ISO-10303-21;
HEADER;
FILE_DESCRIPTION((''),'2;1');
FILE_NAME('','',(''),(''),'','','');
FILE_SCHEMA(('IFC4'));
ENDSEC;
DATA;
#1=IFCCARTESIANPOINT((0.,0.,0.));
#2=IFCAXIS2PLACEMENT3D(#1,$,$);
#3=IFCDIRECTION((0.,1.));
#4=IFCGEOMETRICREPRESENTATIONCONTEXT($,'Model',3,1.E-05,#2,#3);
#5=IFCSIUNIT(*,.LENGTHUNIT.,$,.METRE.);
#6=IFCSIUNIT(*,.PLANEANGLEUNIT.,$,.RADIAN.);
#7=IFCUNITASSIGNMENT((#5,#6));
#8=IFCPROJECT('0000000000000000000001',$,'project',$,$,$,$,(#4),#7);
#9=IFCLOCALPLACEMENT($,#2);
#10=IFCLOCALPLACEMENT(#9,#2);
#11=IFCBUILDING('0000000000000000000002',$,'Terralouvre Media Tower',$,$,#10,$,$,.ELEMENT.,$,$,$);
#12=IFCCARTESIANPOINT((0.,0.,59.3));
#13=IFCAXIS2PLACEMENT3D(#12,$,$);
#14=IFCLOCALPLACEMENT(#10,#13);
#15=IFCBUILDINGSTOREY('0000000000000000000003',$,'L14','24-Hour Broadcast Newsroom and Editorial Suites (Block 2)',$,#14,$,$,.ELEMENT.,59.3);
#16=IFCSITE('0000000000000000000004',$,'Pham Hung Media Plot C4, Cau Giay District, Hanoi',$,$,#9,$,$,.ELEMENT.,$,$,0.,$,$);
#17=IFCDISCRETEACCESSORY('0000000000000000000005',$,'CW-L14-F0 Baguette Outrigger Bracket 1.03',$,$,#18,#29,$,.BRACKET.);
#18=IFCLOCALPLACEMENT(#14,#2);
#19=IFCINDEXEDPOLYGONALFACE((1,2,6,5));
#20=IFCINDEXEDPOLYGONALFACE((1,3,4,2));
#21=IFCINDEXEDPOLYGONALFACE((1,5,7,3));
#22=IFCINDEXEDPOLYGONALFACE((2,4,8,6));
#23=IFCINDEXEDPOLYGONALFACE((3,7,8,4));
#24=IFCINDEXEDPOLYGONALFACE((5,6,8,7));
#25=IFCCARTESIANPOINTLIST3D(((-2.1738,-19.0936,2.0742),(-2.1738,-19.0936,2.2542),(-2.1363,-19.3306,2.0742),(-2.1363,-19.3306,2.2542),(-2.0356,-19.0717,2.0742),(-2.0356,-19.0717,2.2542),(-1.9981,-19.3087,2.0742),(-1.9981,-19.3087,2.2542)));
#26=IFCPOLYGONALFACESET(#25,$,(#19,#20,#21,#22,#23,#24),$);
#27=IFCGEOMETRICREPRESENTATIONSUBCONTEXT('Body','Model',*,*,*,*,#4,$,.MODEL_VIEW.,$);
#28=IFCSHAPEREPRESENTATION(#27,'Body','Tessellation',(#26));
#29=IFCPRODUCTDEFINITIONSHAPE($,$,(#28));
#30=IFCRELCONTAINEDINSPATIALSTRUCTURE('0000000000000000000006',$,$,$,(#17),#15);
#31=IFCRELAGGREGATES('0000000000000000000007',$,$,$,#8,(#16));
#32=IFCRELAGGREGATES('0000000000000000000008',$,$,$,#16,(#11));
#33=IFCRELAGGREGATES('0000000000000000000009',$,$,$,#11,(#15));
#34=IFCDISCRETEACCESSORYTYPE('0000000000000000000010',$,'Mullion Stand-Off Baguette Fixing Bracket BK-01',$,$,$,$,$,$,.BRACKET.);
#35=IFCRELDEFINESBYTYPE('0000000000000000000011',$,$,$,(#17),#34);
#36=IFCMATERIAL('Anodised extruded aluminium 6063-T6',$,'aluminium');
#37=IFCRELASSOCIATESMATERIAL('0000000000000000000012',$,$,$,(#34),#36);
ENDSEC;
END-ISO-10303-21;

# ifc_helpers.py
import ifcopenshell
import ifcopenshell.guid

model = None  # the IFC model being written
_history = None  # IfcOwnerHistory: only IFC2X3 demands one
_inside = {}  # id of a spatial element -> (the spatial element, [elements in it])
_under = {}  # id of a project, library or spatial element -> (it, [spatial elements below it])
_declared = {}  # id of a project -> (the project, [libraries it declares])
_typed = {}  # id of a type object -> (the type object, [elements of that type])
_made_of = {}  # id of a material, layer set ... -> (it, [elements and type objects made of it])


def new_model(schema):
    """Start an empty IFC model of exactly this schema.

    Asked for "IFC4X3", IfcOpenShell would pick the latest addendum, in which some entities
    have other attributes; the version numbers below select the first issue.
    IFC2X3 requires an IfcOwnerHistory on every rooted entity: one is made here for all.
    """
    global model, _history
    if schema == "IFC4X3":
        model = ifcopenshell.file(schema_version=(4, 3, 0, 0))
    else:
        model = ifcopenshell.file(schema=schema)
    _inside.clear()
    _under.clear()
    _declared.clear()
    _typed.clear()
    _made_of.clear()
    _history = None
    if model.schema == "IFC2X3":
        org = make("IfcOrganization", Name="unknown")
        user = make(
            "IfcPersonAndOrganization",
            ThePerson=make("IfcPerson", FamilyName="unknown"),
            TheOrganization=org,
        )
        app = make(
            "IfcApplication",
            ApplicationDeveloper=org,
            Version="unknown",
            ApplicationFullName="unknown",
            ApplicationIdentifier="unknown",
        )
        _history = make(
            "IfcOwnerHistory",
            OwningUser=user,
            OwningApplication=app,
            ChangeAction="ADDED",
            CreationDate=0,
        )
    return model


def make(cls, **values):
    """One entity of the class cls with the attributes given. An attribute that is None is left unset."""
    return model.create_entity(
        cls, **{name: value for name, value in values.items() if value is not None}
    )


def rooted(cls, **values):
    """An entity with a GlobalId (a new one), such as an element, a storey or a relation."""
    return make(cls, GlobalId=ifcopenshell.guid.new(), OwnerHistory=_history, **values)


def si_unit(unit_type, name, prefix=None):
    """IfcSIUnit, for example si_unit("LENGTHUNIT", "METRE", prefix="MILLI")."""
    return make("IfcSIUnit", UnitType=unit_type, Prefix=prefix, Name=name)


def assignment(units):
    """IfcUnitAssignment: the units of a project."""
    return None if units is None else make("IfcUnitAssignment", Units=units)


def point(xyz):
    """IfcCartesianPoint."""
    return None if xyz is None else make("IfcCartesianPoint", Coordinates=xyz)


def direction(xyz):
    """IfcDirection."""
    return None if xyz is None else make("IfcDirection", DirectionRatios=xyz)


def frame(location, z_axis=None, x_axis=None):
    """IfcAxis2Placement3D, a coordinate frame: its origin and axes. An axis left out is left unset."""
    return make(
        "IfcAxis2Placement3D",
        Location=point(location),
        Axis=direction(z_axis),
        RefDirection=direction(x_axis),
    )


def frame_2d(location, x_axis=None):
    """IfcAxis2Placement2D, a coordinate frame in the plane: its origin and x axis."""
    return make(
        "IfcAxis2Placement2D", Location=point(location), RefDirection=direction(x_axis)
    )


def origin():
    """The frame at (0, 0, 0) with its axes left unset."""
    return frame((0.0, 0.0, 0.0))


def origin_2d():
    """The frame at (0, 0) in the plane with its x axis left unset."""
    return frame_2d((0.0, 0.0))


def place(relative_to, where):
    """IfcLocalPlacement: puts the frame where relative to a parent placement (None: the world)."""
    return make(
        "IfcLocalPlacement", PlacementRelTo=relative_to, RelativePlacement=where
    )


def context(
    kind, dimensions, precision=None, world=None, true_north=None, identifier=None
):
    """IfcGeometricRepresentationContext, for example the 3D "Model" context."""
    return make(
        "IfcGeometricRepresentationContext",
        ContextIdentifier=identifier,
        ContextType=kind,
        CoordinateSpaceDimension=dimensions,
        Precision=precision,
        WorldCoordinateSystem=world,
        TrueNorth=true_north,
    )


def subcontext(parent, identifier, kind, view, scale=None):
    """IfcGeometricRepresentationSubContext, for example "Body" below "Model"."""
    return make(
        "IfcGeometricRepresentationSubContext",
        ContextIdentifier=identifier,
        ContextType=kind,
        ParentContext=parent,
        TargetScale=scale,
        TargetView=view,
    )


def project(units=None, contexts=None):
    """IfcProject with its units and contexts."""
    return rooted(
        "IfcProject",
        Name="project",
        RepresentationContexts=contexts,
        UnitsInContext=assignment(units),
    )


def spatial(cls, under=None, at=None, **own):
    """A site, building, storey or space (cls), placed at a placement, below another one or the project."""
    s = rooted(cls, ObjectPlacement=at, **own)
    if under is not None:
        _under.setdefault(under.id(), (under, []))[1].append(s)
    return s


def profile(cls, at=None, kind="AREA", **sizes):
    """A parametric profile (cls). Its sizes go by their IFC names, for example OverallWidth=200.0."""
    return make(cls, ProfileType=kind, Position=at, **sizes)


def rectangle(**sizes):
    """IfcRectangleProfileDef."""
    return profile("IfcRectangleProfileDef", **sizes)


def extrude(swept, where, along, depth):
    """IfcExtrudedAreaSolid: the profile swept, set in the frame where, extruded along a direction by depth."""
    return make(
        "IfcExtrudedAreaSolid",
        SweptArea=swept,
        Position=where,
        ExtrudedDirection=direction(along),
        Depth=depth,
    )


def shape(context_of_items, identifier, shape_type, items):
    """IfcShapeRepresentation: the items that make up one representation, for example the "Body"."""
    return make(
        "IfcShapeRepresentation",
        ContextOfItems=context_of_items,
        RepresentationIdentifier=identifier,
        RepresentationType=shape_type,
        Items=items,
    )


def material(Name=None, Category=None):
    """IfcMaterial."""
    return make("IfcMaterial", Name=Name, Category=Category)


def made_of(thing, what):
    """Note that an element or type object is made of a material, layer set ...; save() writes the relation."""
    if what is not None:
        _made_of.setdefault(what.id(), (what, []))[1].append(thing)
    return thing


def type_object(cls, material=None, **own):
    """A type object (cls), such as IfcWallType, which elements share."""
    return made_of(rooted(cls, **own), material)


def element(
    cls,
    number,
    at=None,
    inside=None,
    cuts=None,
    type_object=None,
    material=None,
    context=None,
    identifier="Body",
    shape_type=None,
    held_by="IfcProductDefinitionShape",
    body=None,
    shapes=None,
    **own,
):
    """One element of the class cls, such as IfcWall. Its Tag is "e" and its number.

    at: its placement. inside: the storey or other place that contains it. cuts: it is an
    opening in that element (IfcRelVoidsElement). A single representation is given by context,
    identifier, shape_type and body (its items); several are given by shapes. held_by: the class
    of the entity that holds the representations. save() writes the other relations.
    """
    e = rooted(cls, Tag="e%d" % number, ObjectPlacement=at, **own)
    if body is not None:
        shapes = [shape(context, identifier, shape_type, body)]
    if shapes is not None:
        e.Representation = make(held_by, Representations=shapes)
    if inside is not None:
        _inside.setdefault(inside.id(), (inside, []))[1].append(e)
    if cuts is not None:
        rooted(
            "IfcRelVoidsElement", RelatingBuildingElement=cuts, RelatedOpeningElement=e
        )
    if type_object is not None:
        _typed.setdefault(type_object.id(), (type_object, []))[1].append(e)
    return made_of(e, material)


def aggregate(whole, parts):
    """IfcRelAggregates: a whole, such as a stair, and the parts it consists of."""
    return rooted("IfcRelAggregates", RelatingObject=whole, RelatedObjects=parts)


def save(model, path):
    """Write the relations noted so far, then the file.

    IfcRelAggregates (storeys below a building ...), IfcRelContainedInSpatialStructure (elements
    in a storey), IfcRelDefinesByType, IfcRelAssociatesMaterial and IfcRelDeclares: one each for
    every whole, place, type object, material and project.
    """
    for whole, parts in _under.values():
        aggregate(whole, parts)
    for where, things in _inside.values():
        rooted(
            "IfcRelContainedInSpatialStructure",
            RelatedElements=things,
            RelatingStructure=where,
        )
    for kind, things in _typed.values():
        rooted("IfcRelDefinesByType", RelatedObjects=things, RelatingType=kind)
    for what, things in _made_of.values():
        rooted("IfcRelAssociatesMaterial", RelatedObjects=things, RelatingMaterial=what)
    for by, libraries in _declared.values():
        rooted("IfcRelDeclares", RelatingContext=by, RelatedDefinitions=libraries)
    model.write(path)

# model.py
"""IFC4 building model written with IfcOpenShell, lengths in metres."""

from ifc_helpers import new_model, si_unit, direction, frame, origin, origin_2d, place, context, subcontext, project, spatial, rectangle, extrude, material, type_object, element, save


model = new_model("IFC4")

# Units and contexts
model_context = context("Model", 3, precision=1e-05, world=origin(), true_north=direction((0.0, 1.0)))
body_context = subcontext(model_context, "Body", "Model", "MODEL_VIEW")
ifc_project = project(units=[si_unit("LENGTHUNIT", "METRE"), si_unit("PLANEANGLEUNIT", "RADIAN")], contexts=[model_context])

# Site, building, storey
site_placement = place(None, origin())
site = spatial("IfcSite", under=ifc_project, at=site_placement, Name="Pham Hung Media Plot C4, Cau Giay District, Hanoi", CompositionType="ELEMENT", RefElevation=0.0)
building_placement = place(site_placement, origin())
building = spatial("IfcBuilding", under=site, at=building_placement, Name="Terralouvre Media Tower", CompositionType="ELEMENT")
storey_placement = place(building_placement, frame((0.0, 0.0, 59.3)))
storey = spatial("IfcBuildingStorey", under=building, at=storey_placement, Name="L14", Description="24-Hour Broadcast Newsroom and Editorial Suites (Block 2)", CompositionType="ELEMENT", Elevation=59.3)

# Discrete accessory
ifc_material_1 = material(Name="Anodised extruded aluminium 6063-T6", Category="aluminium")
discrete_accessory_type = type_object("IfcDiscreteAccessoryType", Name="Mullion Stand-Off Baguette Fixing Bracket BK-01", PredefinedType="BRACKET", material=ifc_material_1)
discrete_accessory_placement = place(storey_placement, frame((-2.0859, -19.2012, 2.0742), z_axis=(0.0, 0.0, 1.0), x_axis=(0.987688, 0.156434, 0.0)))
element("IfcDiscreteAccessory", 1, at=discrete_accessory_placement, inside=storey, type_object=discrete_accessory_type, Name="CW-L14-F0 Baguette Outrigger Bracket 1.03", PredefinedType="BRACKET", context=body_context, shape_type="SweptSolid", body=[
    extrude(rectangle(XDim=0.1399, YDim=0.24, at=origin_2d()), origin(), (0.0, 0.0, 1.0), 0.1799),
])

save(model, "model.ifc")
